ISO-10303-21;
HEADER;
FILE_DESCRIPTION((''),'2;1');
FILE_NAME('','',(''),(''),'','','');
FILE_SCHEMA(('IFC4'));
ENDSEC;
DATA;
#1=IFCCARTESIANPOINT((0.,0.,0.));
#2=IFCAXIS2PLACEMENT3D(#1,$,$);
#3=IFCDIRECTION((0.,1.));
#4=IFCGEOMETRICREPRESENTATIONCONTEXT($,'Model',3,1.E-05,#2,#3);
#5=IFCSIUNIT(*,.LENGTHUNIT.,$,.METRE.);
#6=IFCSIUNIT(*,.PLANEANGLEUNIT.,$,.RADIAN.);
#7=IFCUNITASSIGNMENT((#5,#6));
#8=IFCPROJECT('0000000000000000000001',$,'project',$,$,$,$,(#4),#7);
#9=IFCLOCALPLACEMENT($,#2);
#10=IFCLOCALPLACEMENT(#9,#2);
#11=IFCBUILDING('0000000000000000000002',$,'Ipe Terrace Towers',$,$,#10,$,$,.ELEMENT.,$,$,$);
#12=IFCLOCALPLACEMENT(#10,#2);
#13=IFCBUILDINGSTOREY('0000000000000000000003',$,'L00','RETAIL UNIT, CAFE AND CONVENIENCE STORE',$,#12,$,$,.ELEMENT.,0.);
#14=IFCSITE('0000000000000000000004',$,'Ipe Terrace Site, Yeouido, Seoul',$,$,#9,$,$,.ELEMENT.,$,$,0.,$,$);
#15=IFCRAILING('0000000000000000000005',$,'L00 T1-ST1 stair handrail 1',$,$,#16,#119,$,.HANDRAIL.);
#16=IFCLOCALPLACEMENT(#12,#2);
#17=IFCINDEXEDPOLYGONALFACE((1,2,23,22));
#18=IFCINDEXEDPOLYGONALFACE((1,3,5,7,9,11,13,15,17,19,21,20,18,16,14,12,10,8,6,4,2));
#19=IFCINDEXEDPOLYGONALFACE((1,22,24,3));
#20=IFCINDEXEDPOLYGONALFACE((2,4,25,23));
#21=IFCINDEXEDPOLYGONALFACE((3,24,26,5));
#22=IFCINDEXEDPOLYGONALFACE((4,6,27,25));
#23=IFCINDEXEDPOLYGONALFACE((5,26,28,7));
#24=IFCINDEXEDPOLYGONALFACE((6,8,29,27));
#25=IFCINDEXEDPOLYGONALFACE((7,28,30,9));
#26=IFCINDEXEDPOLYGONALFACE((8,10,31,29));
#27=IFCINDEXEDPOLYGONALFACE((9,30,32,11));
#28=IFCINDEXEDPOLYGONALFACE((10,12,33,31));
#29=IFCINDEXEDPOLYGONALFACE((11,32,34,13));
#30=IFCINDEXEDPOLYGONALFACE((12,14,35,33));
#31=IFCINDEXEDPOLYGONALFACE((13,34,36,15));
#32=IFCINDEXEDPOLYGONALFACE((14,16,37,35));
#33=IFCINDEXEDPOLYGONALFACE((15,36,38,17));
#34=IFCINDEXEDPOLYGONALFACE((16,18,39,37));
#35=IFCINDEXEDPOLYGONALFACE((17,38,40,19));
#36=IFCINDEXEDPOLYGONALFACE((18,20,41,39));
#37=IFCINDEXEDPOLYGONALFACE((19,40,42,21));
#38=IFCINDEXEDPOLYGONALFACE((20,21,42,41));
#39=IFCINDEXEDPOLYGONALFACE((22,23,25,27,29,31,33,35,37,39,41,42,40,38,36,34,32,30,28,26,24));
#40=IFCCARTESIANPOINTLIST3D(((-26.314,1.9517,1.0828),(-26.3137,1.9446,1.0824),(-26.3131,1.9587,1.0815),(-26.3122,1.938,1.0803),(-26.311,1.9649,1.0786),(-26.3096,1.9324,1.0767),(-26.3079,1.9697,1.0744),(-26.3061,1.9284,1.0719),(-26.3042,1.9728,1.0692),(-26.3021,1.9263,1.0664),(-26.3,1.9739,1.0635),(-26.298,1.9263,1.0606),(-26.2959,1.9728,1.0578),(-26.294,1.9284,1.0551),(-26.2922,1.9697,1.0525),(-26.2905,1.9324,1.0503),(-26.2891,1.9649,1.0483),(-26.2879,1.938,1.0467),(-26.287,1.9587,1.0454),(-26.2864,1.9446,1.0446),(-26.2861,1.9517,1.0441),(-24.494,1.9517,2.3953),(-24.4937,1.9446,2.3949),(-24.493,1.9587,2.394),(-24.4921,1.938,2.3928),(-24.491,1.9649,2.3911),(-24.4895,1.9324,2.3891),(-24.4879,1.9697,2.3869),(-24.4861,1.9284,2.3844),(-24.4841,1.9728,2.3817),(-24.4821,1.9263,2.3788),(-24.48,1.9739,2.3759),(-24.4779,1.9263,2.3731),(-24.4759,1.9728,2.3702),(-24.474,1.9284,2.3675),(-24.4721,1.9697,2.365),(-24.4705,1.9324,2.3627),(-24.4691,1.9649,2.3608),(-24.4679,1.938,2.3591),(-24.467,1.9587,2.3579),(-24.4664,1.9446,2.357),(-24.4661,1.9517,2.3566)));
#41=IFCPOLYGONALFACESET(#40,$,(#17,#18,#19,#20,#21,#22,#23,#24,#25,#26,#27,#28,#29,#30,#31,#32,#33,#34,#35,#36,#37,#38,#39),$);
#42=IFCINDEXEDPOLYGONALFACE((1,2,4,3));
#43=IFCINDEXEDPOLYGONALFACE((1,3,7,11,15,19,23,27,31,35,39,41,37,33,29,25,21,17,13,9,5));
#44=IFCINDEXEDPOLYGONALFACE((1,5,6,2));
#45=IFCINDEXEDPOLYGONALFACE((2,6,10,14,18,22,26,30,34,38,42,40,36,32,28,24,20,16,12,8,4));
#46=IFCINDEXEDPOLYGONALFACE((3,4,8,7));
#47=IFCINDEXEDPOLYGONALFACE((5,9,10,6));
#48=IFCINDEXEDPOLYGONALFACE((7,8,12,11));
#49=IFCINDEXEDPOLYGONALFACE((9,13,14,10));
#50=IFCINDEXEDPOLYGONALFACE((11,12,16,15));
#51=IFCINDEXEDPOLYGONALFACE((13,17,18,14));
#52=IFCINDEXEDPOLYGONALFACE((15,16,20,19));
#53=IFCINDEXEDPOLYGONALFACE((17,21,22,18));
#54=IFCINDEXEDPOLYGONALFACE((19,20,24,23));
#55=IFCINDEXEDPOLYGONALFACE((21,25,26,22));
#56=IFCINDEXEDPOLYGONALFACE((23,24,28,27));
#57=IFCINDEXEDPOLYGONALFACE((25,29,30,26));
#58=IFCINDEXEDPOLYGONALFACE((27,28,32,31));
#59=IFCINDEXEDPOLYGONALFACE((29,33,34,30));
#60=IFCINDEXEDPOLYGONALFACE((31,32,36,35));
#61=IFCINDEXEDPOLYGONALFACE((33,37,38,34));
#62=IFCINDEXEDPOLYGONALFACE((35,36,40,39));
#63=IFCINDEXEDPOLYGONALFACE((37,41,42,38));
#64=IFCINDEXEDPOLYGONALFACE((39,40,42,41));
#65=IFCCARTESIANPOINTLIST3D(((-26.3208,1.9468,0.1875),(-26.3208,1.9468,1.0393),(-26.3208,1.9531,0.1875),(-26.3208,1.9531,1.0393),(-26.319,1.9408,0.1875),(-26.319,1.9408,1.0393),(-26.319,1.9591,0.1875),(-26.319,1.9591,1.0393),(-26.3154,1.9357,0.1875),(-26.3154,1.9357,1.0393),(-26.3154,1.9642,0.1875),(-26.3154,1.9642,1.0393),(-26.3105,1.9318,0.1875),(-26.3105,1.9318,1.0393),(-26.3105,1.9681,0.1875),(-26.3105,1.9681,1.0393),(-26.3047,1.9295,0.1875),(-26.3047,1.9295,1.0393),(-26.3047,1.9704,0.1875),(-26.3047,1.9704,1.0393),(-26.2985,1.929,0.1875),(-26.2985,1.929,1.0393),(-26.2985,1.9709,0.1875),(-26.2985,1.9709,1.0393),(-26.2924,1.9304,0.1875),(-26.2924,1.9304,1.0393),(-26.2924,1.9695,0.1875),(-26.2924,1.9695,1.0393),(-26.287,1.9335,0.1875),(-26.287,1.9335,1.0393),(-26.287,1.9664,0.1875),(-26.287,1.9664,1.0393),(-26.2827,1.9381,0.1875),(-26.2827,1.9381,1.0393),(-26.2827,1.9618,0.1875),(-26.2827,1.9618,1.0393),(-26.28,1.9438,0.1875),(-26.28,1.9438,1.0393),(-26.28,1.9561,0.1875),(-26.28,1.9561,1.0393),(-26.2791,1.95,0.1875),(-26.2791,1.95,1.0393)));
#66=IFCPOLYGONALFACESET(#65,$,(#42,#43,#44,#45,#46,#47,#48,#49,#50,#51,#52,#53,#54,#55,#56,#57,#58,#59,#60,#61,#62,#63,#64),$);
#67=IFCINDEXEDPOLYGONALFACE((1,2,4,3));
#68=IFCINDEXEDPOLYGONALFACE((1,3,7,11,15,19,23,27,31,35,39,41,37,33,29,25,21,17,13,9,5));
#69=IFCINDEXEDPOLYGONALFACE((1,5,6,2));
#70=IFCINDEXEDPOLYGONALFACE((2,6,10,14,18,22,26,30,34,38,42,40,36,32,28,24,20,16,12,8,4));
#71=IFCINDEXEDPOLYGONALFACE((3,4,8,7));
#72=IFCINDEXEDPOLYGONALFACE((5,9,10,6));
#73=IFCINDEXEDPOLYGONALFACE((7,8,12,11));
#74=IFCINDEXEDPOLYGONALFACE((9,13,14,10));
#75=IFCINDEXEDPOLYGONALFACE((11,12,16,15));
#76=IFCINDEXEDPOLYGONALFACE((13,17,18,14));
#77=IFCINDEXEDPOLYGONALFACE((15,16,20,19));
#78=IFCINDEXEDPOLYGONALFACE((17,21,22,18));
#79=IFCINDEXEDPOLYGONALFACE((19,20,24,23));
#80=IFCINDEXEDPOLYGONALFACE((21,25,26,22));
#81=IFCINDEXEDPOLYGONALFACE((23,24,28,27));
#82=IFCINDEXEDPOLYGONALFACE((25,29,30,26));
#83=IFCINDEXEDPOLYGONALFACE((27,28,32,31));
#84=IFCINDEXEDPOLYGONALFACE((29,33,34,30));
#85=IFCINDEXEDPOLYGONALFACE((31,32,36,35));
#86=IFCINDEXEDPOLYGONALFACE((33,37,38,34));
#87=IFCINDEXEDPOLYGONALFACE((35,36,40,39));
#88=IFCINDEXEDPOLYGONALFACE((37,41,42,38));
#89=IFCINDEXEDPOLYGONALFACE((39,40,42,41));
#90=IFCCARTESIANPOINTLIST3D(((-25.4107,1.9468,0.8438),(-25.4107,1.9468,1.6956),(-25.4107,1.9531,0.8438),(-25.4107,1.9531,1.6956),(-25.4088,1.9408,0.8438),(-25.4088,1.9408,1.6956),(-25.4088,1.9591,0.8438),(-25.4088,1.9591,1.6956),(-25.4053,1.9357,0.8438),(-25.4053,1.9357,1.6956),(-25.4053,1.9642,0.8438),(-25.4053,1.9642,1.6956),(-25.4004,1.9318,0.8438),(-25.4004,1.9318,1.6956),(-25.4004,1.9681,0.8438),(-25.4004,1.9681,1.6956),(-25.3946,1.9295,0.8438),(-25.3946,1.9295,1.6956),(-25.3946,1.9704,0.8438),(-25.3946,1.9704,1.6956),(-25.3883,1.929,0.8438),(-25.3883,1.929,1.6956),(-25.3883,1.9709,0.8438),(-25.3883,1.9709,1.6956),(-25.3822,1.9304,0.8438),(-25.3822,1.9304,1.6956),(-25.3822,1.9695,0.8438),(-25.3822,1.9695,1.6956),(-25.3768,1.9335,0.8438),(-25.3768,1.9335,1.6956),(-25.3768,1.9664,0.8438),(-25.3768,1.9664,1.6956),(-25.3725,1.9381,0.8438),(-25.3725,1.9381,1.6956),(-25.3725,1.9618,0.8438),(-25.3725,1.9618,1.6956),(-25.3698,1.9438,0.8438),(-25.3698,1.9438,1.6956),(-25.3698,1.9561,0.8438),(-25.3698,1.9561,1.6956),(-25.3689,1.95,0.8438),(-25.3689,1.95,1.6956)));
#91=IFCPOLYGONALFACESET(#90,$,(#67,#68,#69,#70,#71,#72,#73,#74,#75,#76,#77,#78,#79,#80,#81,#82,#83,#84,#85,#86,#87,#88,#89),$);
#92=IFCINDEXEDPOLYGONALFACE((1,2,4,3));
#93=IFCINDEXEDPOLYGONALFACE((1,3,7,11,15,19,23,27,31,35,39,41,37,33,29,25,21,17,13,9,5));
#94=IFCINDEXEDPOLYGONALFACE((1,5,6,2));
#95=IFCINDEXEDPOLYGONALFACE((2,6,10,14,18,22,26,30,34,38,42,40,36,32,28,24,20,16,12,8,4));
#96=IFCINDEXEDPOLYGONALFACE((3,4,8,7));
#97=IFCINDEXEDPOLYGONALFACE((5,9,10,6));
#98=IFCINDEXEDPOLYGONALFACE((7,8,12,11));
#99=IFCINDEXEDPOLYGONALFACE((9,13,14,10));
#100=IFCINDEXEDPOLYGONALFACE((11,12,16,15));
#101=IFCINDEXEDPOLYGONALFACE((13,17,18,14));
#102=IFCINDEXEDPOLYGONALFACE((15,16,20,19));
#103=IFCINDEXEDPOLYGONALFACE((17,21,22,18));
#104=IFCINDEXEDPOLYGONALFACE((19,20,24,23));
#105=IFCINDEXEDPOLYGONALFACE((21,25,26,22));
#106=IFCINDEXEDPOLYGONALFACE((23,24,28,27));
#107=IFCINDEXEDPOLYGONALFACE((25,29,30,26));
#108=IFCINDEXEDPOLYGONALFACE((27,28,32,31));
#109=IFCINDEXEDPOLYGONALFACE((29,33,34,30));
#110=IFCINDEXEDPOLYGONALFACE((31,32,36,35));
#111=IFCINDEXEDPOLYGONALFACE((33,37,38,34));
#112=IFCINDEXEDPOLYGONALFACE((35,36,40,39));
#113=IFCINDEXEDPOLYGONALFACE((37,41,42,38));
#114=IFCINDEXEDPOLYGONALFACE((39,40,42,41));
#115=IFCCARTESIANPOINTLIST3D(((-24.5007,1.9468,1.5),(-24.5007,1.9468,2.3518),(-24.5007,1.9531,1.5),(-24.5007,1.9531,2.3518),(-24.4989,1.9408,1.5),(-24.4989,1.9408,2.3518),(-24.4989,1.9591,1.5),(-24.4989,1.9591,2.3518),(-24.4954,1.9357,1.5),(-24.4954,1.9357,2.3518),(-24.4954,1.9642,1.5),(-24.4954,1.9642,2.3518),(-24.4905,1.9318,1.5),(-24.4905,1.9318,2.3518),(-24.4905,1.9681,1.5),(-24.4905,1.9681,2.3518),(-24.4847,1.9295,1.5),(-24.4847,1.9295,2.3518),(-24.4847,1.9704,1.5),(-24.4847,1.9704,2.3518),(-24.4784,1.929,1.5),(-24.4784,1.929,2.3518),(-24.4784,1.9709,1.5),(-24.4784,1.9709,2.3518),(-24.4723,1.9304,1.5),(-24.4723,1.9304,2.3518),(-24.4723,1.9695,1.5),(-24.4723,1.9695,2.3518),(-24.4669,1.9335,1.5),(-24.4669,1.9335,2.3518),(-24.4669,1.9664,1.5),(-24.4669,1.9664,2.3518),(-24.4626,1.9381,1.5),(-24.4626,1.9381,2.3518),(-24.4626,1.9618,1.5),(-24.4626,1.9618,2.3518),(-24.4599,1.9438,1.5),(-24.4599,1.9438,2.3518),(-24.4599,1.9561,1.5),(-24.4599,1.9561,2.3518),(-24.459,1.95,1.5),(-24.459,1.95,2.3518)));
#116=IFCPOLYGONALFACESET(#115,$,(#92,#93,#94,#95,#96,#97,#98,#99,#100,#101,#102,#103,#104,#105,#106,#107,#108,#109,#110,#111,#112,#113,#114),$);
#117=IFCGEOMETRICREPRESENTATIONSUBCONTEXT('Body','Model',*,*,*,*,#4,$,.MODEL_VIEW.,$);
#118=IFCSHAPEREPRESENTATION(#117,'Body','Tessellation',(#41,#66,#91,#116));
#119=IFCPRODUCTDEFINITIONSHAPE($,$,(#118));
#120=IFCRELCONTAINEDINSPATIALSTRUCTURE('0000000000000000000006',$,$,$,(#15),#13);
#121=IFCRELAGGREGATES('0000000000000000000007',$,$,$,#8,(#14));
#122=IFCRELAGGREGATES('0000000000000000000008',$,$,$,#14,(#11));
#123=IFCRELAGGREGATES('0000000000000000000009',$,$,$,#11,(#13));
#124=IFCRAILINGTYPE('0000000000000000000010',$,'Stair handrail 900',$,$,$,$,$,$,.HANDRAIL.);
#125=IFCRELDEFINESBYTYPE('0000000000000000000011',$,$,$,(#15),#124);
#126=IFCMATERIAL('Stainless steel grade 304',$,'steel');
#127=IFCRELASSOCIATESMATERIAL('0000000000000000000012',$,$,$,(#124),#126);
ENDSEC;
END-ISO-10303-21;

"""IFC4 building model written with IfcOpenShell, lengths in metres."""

from ifc_helpers import new_model, si_unit, direction, frame, origin, origin_2d, place, context, subcontext, project, spatial, circle, extrude, material, type_object, element, save


model = new_model("IFC4")

# Units and contexts
model_context = context("Model", 3, precision=1e-05, world=origin(), true_north=direction((0.0, 1.0)))
body_context = subcontext(model_context, "Body", "Model", "MODEL_VIEW")
ifc_project = project(units=[si_unit("LENGTHUNIT", "METRE"), si_unit("PLANEANGLEUNIT", "RADIAN")], contexts=[model_context])

# Site, building, storey
site_placement = place(None, origin())
site = spatial("IfcSite", under=ifc_project, at=site_placement, Name="Ipe Terrace Site, Yeouido, Seoul", CompositionType="ELEMENT", RefElevation=0.0)
building_placement = place(site_placement, origin())
building = spatial("IfcBuilding", under=site, at=building_placement, Name="Ipe Terrace Towers", CompositionType="ELEMENT")
storey_placement = place(building_placement, origin())
storey = spatial("IfcBuildingStorey", under=building, at=storey_placement, Name="L00", Description="RETAIL UNIT, CAFE AND CONVENIENCE STORE", CompositionType="ELEMENT", Elevation=0.0)

# Railing
ifc_material_1 = material(Name="Stainless steel grade 304", Category="steel")
railing_type_1 = type_object("IfcRailingType", Name="Stair handrail 900", PredefinedType="HANDRAIL", material=ifc_material_1)
railing_1_placement = place(storey_placement, frame((-26.3, 1.95, 0.1875)))
element("IfcRailing", 1, at=railing_1_placement, inside=storey, type_object=railing_type_1, Name="L00 T1-ST1 stair handrail 1", PredefinedType="HANDRAIL", context=body_context, shape_type="SweptSolid", body=[
    extrude(circle(Radius=0.0239, at=origin_2d()), frame((0.0, 0.0, 0.876), z_axis=(0.811101, 0.0, 0.584906), x_axis=(0.0, 1.0, 0.0)), (0.0, 0.0, 1.0), 2.2439),
    extrude(circle(Radius=0.021, at=origin_2d()), origin(), (0.0, 0.0, 1.0), 0.8518),
    extrude(circle(Radius=0.021, at=origin_2d()), frame((0.9102, 0.0, 0.6562)), (0.0, 0.0, 1.0), 0.8518),
    extrude(circle(Radius=0.021, at=origin_2d()), frame((1.8201, 0.0, 1.3125)), (0.0, 0.0, 1.0), 0.8518),
])

save(model, "model.ifc")
